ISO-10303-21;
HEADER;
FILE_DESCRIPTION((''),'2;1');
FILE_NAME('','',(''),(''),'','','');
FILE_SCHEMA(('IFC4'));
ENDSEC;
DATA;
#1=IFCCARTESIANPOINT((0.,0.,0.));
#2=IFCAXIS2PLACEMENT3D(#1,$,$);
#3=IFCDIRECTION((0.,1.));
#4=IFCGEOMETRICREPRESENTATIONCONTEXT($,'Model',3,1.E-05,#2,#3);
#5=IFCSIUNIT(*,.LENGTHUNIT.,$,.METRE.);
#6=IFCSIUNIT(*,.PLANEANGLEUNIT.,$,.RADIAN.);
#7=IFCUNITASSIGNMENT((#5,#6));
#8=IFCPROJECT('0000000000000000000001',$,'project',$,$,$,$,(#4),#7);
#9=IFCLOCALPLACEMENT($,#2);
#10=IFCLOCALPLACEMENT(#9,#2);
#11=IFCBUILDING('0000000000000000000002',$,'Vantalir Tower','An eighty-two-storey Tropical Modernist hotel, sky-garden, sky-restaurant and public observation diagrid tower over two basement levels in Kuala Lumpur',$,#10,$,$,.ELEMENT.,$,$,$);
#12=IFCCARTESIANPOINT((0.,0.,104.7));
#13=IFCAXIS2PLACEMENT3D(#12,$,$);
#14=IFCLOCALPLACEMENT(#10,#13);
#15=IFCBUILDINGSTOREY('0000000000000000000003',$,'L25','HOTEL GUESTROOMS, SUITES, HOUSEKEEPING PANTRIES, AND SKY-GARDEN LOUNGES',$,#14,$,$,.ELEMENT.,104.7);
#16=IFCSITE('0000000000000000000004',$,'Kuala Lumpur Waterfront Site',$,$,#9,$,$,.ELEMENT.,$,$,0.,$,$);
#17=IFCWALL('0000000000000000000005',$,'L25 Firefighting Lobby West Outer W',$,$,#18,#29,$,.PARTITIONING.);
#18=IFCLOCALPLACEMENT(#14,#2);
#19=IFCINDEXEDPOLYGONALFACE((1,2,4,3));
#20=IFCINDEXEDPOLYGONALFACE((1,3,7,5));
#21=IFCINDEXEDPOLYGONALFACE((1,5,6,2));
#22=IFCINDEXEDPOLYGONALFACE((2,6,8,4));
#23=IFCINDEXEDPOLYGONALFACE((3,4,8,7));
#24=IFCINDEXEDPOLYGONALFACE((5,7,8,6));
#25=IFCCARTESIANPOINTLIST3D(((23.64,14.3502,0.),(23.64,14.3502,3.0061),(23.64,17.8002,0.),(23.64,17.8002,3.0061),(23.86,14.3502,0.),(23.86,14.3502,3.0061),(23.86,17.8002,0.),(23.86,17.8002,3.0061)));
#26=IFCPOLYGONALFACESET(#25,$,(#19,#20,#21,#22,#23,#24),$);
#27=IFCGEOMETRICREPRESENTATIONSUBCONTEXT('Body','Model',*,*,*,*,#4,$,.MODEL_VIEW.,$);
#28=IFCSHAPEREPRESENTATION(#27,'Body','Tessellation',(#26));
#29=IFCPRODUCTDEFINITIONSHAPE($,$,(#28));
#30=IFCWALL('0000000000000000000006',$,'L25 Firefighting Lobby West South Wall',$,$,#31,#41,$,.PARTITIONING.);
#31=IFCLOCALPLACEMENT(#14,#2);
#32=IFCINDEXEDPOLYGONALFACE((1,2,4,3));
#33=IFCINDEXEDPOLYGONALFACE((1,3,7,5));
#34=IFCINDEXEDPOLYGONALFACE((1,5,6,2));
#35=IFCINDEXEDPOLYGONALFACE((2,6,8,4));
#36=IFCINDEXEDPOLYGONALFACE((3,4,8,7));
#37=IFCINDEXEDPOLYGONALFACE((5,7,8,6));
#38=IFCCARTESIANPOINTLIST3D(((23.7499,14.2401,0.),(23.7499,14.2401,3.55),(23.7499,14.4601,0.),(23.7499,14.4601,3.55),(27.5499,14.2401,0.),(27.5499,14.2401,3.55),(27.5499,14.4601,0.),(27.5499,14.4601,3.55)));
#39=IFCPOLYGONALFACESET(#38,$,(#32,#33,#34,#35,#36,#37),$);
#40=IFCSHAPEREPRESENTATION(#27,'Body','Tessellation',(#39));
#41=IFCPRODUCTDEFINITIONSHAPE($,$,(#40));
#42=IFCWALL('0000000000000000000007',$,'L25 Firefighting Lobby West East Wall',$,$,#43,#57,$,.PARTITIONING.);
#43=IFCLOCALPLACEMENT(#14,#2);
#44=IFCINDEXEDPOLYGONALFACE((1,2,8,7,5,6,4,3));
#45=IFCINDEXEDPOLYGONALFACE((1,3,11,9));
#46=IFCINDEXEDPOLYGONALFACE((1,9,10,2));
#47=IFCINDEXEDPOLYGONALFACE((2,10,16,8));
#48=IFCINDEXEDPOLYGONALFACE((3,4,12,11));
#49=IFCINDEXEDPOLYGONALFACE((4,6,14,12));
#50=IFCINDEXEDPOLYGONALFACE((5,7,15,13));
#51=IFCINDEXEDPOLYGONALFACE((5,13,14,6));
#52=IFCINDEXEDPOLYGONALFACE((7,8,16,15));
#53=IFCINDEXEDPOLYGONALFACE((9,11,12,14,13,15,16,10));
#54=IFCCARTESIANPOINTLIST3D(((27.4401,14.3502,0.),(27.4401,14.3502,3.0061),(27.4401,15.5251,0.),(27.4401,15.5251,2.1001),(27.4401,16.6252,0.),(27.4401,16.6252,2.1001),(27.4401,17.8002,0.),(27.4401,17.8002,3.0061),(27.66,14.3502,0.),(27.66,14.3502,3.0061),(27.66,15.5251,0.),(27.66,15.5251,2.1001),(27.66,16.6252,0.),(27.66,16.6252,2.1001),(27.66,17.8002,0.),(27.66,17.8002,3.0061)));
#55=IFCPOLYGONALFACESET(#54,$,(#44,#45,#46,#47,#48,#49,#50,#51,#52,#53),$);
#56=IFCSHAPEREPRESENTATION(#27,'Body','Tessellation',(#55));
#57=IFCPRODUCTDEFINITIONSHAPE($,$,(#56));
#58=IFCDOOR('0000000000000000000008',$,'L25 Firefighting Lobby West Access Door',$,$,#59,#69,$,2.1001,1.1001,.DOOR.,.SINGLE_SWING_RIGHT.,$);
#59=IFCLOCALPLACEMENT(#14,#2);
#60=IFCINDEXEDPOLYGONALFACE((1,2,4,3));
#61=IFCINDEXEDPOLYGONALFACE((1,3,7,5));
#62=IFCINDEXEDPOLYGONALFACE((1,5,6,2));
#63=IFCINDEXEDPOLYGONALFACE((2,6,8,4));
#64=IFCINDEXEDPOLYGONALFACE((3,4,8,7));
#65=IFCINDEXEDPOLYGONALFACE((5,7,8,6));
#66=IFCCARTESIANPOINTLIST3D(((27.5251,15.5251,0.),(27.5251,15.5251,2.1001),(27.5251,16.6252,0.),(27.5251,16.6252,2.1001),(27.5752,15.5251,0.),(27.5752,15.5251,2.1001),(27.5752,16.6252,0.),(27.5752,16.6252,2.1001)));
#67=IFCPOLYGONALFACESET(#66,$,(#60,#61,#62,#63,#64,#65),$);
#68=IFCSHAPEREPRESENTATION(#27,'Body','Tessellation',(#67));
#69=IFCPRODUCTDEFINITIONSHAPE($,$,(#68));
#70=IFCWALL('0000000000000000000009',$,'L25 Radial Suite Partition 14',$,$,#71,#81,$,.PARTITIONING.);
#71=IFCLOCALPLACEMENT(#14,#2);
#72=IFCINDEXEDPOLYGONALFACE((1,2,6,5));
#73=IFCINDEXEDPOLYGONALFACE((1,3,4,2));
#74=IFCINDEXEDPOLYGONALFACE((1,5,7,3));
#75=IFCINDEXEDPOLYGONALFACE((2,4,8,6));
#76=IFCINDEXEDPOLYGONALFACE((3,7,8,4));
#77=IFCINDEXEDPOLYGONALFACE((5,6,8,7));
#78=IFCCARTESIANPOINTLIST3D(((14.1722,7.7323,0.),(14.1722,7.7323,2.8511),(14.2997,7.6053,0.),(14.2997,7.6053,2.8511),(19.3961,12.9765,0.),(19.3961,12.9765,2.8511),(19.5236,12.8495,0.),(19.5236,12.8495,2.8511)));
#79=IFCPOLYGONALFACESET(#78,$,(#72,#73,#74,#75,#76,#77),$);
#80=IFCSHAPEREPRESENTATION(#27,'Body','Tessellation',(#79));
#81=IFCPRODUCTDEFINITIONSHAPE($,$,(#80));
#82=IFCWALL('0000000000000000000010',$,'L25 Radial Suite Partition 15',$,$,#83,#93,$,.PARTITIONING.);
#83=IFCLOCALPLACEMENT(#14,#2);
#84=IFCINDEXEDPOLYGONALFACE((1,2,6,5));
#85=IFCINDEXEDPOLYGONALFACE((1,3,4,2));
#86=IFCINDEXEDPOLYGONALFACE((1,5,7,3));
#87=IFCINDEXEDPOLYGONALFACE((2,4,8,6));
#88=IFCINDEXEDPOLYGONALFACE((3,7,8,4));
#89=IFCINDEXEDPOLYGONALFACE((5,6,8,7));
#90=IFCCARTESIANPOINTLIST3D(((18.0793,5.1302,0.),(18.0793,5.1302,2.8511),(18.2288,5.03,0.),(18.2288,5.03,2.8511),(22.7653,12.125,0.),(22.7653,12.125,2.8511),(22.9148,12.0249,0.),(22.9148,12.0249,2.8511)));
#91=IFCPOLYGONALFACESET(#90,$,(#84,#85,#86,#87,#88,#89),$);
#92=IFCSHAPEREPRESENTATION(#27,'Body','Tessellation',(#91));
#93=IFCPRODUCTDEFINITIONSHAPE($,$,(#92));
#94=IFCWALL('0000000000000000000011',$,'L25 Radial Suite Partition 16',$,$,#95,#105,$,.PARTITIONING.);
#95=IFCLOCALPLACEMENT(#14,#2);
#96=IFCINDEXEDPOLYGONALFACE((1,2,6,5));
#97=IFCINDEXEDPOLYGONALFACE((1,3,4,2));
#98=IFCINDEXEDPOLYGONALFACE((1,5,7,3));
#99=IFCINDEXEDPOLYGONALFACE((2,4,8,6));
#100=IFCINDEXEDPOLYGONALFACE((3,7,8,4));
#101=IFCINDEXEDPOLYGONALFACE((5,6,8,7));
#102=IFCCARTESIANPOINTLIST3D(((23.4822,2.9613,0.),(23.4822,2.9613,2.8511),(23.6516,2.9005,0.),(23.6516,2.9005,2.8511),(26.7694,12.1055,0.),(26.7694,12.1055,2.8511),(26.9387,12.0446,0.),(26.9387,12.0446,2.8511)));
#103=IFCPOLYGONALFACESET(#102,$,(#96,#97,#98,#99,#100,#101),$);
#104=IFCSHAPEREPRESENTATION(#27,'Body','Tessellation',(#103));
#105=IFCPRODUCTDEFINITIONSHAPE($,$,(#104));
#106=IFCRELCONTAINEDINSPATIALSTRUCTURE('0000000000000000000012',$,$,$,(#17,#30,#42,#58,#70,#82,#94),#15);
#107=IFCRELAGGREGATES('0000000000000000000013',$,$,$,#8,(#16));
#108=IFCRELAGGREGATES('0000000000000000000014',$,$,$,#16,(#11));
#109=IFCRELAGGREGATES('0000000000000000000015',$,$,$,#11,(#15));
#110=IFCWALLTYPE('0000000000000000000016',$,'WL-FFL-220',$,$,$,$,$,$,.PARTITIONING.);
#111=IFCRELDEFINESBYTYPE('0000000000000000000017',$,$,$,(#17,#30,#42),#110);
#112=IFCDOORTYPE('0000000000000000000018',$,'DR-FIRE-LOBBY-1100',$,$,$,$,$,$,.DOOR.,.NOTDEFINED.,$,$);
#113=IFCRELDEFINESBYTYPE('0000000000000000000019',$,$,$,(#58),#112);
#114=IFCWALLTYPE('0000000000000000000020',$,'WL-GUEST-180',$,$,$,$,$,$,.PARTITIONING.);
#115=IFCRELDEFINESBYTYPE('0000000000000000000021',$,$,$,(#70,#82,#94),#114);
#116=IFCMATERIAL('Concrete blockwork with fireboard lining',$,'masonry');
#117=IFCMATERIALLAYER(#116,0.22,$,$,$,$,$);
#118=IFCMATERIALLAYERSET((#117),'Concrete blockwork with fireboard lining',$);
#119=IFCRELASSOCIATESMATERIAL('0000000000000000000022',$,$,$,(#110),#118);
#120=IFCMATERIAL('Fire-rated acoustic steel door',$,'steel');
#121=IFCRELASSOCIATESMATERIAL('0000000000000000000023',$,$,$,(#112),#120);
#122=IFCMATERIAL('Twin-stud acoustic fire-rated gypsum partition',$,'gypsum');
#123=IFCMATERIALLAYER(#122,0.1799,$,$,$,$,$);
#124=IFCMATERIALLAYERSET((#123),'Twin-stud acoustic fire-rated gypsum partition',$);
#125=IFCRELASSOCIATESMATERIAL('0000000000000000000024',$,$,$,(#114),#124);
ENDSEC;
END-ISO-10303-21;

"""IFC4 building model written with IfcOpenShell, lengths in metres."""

from ifc_helpers import new_model, si_unit, direction, frame, frame_2d, origin, place, context, subcontext, project, spatial, rectangle, extrude, material, layer, layer_set, type_object, element, fill, save


model = new_model("IFC4")

# Units and contexts
model_context = context("Model", 3, precision=1e-05, world=origin(), true_north=direction((0.0, 1.0)))
body_context = subcontext(model_context, "Body", "Model", "MODEL_VIEW")
ifc_project = project(units=[si_unit("LENGTHUNIT", "METRE"), si_unit("PLANEANGLEUNIT", "RADIAN")], contexts=[model_context])

# Site, building, storey
site_placement = place(None, origin())
site = spatial("IfcSite", under=ifc_project, at=site_placement, Name="Kuala Lumpur Waterfront Site", CompositionType="ELEMENT", RefElevation=0.0)
building_placement = place(site_placement, origin())
building = spatial("IfcBuilding", under=site, at=building_placement, Name="Vantalir Tower", Description="An eighty-two-storey Tropical Modernist hotel, sky-garden, sky-restaurant and public observation diagrid tower over two basement levels in Kuala Lumpur", CompositionType="ELEMENT")
storey_placement = place(building_placement, frame((0.0, 0.0, 104.7)))
storey = spatial("IfcBuildingStorey", under=building, at=storey_placement, Name="L25", Description="HOTEL GUESTROOMS, SUITES, HOUSEKEEPING PANTRIES, AND SKY-GARDEN LOUNGES", CompositionType="ELEMENT", Elevation=104.7)

# Walls
ifc_material_1 = material(Name="Concrete blockwork with fireboard lining", Category="masonry")
ifc_layer_1 = layer(ifc_material_1, 0.22)
ifc_layer_set_1 = layer_set([ifc_layer_1], Name="Concrete blockwork with fireboard lining")
wall_type_1 = type_object("IfcWallType", Name="WL-FFL-220", PredefinedType="PARTITIONING", material=ifc_layer_set_1)
wall_1_placement = place(storey_placement, frame((23.75, 14.3501, 0.0), z_axis=(0.0, 0.0, 1.0), x_axis=(0.0, 1.0, 0.0)))
element("IfcWall", 1, at=wall_1_placement, inside=storey, type_object=wall_type_1, Name="L25 Firefighting Lobby West Outer W", PredefinedType="PARTITIONING", context=body_context, shape_type="SweptSolid", body=[
    extrude(rectangle(XDim=3.45, YDim=0.22, at=frame_2d((1.7251, 0.0))), origin(), (0.0, 0.0, 1.0), 3.0061),
])
wall_2_placement = place(storey_placement, frame((23.75, 14.3501, 0.0), z_axis=(0.0, 0.0, 1.0), x_axis=(1.0, 0.0, 0.0)))
element("IfcWall", 2, at=wall_2_placement, inside=storey, type_object=wall_type_1, Name="L25 Firefighting Lobby West South Wall", PredefinedType="PARTITIONING", context=body_context, shape_type="SweptSolid", body=[
    extrude(rectangle(XDim=3.8, YDim=0.22, at=frame_2d((1.8999, 0.0))), origin(), (0.0, 0.0, 1.0), 3.55),
])

# Wall, opening, door
wall_3_placement = place(storey_placement, frame((27.55, 14.3501, 0.0), z_axis=(0.0, 0.0, 1.0), x_axis=(0.0, 1.0, 0.0)))
wall_3 = element("IfcWall", 3, at=wall_3_placement, inside=storey, type_object=wall_type_1, Name="L25 Firefighting Lobby West East Wall", PredefinedType="PARTITIONING", context=body_context, shape_type="SweptSolid", body=[
    extrude(rectangle(XDim=3.45, YDim=0.22, at=frame_2d((1.7251, 0.0))), origin(), (0.0, 0.0, 1.0), 3.0061),
])
opening_1_placement = place(wall_3_placement, frame((1.175, 0.0, 0.0)))
opening_1 = element("IfcOpeningElement", 4, at=opening_1_placement, cuts=wall_3, PredefinedType="OPENING", context=body_context, shape_type="SweptSolid", body=[
    extrude(rectangle(XDim=1.1001, YDim=2.1001, at=frame_2d((0.55, 1.05))), frame((0.0, 0.1199, 0.0), z_axis=(0.0, -1.0, 0.0), x_axis=(1.0, 0.0, 0.0)), (0.0, 0.0, 1.0), 0.24),
])
ifc_material_2 = material(Name="Fire-rated acoustic steel door", Category="steel")
door_type_1 = type_object("IfcDoorType", Name="DR-FIRE-LOBBY-1100", OperationType="NOTDEFINED", PredefinedType="DOOR", material=ifc_material_2)
door_1_placement = place(opening_1_placement, origin())
door_1 = element("IfcDoor", 5, at=door_1_placement, inside=storey, type_object=door_type_1, Name="L25 Firefighting Lobby West Access Door", OperationType="SINGLE_SWING_RIGHT", OverallHeight=2.1001, OverallWidth=1.1001, PredefinedType="DOOR", context=body_context, shape_type="SweptSolid", body=[
    extrude(rectangle(XDim=1.1001, YDim=2.1001, at=frame_2d((0.55, 1.05))), frame((0.0, 0.0249, 0.0), z_axis=(0.0, -1.0, 0.0), x_axis=(1.0, 0.0, 0.0)), (0.0, 0.0, 1.0), 0.05),
])
fill(opening_1, door_1)

# Walls
ifc_material_3 = material(Name="Twin-stud acoustic fire-rated gypsum partition", Category="gypsum")
ifc_layer_2 = layer(ifc_material_3, 0.1799)
ifc_layer_set_2 = layer_set([ifc_layer_2], Name="Twin-stud acoustic fire-rated gypsum partition")
wall_type_2 = type_object("IfcWallType", Name="WL-GUEST-180", PredefinedType="PARTITIONING", material=ifc_layer_set_2)
wall_4_placement = place(storey_placement, frame((19.46, 12.9131, 0.0), z_axis=(0.0, 0.0, 1.0), x_axis=(-0.705737, -0.708474, 0.0)))
element("IfcWall", 6, at=wall_4_placement, inside=storey, type_object=wall_type_2, Name="L25 Radial Suite Partition 14", PredefinedType="PARTITIONING", context=body_context, shape_type="SweptSolid", body=[
    extrude(rectangle(XDim=7.4021, YDim=0.1799, at=frame_2d((3.7012, 0.0))), origin(), (0.0, 0.0, 1.0), 2.8511),
])
wall_5_placement = place(storey_placement, frame((22.8401, 12.075, 0.0), z_axis=(0.0, 0.0, 1.0), x_axis=(-0.556572, -0.830799, 0.0)))
element("IfcWall", 7, at=wall_5_placement, inside=storey, type_object=wall_type_2, Name="L25 Radial Suite Partition 15", PredefinedType="PARTITIONING", context=body_context, shape_type="SweptSolid", body=[
    extrude(rectangle(XDim=8.4194, YDim=0.1799, at=frame_2d((4.2097, 0.0))), origin(), (0.0, 0.0, 1.0), 2.8511),
])
wall_6_placement = place(storey_placement, frame((26.854, 12.075, 0.0), z_axis=(0.0, 0.0, 1.0), x_axis=(-0.338287, -0.941043, 0.0)))
element("IfcWall", 8, at=wall_6_placement, inside=storey, type_object=wall_type_2, Name="L25 Radial Suite Partition 16", PredefinedType="PARTITIONING", context=body_context, shape_type="SweptSolid", body=[
    extrude(rectangle(XDim=9.717, YDim=0.1799, at=frame_2d((4.8584, 0.0))), origin(), (0.0, 0.0, 1.0), 2.8511),
])

save(model, "model.ifc")
